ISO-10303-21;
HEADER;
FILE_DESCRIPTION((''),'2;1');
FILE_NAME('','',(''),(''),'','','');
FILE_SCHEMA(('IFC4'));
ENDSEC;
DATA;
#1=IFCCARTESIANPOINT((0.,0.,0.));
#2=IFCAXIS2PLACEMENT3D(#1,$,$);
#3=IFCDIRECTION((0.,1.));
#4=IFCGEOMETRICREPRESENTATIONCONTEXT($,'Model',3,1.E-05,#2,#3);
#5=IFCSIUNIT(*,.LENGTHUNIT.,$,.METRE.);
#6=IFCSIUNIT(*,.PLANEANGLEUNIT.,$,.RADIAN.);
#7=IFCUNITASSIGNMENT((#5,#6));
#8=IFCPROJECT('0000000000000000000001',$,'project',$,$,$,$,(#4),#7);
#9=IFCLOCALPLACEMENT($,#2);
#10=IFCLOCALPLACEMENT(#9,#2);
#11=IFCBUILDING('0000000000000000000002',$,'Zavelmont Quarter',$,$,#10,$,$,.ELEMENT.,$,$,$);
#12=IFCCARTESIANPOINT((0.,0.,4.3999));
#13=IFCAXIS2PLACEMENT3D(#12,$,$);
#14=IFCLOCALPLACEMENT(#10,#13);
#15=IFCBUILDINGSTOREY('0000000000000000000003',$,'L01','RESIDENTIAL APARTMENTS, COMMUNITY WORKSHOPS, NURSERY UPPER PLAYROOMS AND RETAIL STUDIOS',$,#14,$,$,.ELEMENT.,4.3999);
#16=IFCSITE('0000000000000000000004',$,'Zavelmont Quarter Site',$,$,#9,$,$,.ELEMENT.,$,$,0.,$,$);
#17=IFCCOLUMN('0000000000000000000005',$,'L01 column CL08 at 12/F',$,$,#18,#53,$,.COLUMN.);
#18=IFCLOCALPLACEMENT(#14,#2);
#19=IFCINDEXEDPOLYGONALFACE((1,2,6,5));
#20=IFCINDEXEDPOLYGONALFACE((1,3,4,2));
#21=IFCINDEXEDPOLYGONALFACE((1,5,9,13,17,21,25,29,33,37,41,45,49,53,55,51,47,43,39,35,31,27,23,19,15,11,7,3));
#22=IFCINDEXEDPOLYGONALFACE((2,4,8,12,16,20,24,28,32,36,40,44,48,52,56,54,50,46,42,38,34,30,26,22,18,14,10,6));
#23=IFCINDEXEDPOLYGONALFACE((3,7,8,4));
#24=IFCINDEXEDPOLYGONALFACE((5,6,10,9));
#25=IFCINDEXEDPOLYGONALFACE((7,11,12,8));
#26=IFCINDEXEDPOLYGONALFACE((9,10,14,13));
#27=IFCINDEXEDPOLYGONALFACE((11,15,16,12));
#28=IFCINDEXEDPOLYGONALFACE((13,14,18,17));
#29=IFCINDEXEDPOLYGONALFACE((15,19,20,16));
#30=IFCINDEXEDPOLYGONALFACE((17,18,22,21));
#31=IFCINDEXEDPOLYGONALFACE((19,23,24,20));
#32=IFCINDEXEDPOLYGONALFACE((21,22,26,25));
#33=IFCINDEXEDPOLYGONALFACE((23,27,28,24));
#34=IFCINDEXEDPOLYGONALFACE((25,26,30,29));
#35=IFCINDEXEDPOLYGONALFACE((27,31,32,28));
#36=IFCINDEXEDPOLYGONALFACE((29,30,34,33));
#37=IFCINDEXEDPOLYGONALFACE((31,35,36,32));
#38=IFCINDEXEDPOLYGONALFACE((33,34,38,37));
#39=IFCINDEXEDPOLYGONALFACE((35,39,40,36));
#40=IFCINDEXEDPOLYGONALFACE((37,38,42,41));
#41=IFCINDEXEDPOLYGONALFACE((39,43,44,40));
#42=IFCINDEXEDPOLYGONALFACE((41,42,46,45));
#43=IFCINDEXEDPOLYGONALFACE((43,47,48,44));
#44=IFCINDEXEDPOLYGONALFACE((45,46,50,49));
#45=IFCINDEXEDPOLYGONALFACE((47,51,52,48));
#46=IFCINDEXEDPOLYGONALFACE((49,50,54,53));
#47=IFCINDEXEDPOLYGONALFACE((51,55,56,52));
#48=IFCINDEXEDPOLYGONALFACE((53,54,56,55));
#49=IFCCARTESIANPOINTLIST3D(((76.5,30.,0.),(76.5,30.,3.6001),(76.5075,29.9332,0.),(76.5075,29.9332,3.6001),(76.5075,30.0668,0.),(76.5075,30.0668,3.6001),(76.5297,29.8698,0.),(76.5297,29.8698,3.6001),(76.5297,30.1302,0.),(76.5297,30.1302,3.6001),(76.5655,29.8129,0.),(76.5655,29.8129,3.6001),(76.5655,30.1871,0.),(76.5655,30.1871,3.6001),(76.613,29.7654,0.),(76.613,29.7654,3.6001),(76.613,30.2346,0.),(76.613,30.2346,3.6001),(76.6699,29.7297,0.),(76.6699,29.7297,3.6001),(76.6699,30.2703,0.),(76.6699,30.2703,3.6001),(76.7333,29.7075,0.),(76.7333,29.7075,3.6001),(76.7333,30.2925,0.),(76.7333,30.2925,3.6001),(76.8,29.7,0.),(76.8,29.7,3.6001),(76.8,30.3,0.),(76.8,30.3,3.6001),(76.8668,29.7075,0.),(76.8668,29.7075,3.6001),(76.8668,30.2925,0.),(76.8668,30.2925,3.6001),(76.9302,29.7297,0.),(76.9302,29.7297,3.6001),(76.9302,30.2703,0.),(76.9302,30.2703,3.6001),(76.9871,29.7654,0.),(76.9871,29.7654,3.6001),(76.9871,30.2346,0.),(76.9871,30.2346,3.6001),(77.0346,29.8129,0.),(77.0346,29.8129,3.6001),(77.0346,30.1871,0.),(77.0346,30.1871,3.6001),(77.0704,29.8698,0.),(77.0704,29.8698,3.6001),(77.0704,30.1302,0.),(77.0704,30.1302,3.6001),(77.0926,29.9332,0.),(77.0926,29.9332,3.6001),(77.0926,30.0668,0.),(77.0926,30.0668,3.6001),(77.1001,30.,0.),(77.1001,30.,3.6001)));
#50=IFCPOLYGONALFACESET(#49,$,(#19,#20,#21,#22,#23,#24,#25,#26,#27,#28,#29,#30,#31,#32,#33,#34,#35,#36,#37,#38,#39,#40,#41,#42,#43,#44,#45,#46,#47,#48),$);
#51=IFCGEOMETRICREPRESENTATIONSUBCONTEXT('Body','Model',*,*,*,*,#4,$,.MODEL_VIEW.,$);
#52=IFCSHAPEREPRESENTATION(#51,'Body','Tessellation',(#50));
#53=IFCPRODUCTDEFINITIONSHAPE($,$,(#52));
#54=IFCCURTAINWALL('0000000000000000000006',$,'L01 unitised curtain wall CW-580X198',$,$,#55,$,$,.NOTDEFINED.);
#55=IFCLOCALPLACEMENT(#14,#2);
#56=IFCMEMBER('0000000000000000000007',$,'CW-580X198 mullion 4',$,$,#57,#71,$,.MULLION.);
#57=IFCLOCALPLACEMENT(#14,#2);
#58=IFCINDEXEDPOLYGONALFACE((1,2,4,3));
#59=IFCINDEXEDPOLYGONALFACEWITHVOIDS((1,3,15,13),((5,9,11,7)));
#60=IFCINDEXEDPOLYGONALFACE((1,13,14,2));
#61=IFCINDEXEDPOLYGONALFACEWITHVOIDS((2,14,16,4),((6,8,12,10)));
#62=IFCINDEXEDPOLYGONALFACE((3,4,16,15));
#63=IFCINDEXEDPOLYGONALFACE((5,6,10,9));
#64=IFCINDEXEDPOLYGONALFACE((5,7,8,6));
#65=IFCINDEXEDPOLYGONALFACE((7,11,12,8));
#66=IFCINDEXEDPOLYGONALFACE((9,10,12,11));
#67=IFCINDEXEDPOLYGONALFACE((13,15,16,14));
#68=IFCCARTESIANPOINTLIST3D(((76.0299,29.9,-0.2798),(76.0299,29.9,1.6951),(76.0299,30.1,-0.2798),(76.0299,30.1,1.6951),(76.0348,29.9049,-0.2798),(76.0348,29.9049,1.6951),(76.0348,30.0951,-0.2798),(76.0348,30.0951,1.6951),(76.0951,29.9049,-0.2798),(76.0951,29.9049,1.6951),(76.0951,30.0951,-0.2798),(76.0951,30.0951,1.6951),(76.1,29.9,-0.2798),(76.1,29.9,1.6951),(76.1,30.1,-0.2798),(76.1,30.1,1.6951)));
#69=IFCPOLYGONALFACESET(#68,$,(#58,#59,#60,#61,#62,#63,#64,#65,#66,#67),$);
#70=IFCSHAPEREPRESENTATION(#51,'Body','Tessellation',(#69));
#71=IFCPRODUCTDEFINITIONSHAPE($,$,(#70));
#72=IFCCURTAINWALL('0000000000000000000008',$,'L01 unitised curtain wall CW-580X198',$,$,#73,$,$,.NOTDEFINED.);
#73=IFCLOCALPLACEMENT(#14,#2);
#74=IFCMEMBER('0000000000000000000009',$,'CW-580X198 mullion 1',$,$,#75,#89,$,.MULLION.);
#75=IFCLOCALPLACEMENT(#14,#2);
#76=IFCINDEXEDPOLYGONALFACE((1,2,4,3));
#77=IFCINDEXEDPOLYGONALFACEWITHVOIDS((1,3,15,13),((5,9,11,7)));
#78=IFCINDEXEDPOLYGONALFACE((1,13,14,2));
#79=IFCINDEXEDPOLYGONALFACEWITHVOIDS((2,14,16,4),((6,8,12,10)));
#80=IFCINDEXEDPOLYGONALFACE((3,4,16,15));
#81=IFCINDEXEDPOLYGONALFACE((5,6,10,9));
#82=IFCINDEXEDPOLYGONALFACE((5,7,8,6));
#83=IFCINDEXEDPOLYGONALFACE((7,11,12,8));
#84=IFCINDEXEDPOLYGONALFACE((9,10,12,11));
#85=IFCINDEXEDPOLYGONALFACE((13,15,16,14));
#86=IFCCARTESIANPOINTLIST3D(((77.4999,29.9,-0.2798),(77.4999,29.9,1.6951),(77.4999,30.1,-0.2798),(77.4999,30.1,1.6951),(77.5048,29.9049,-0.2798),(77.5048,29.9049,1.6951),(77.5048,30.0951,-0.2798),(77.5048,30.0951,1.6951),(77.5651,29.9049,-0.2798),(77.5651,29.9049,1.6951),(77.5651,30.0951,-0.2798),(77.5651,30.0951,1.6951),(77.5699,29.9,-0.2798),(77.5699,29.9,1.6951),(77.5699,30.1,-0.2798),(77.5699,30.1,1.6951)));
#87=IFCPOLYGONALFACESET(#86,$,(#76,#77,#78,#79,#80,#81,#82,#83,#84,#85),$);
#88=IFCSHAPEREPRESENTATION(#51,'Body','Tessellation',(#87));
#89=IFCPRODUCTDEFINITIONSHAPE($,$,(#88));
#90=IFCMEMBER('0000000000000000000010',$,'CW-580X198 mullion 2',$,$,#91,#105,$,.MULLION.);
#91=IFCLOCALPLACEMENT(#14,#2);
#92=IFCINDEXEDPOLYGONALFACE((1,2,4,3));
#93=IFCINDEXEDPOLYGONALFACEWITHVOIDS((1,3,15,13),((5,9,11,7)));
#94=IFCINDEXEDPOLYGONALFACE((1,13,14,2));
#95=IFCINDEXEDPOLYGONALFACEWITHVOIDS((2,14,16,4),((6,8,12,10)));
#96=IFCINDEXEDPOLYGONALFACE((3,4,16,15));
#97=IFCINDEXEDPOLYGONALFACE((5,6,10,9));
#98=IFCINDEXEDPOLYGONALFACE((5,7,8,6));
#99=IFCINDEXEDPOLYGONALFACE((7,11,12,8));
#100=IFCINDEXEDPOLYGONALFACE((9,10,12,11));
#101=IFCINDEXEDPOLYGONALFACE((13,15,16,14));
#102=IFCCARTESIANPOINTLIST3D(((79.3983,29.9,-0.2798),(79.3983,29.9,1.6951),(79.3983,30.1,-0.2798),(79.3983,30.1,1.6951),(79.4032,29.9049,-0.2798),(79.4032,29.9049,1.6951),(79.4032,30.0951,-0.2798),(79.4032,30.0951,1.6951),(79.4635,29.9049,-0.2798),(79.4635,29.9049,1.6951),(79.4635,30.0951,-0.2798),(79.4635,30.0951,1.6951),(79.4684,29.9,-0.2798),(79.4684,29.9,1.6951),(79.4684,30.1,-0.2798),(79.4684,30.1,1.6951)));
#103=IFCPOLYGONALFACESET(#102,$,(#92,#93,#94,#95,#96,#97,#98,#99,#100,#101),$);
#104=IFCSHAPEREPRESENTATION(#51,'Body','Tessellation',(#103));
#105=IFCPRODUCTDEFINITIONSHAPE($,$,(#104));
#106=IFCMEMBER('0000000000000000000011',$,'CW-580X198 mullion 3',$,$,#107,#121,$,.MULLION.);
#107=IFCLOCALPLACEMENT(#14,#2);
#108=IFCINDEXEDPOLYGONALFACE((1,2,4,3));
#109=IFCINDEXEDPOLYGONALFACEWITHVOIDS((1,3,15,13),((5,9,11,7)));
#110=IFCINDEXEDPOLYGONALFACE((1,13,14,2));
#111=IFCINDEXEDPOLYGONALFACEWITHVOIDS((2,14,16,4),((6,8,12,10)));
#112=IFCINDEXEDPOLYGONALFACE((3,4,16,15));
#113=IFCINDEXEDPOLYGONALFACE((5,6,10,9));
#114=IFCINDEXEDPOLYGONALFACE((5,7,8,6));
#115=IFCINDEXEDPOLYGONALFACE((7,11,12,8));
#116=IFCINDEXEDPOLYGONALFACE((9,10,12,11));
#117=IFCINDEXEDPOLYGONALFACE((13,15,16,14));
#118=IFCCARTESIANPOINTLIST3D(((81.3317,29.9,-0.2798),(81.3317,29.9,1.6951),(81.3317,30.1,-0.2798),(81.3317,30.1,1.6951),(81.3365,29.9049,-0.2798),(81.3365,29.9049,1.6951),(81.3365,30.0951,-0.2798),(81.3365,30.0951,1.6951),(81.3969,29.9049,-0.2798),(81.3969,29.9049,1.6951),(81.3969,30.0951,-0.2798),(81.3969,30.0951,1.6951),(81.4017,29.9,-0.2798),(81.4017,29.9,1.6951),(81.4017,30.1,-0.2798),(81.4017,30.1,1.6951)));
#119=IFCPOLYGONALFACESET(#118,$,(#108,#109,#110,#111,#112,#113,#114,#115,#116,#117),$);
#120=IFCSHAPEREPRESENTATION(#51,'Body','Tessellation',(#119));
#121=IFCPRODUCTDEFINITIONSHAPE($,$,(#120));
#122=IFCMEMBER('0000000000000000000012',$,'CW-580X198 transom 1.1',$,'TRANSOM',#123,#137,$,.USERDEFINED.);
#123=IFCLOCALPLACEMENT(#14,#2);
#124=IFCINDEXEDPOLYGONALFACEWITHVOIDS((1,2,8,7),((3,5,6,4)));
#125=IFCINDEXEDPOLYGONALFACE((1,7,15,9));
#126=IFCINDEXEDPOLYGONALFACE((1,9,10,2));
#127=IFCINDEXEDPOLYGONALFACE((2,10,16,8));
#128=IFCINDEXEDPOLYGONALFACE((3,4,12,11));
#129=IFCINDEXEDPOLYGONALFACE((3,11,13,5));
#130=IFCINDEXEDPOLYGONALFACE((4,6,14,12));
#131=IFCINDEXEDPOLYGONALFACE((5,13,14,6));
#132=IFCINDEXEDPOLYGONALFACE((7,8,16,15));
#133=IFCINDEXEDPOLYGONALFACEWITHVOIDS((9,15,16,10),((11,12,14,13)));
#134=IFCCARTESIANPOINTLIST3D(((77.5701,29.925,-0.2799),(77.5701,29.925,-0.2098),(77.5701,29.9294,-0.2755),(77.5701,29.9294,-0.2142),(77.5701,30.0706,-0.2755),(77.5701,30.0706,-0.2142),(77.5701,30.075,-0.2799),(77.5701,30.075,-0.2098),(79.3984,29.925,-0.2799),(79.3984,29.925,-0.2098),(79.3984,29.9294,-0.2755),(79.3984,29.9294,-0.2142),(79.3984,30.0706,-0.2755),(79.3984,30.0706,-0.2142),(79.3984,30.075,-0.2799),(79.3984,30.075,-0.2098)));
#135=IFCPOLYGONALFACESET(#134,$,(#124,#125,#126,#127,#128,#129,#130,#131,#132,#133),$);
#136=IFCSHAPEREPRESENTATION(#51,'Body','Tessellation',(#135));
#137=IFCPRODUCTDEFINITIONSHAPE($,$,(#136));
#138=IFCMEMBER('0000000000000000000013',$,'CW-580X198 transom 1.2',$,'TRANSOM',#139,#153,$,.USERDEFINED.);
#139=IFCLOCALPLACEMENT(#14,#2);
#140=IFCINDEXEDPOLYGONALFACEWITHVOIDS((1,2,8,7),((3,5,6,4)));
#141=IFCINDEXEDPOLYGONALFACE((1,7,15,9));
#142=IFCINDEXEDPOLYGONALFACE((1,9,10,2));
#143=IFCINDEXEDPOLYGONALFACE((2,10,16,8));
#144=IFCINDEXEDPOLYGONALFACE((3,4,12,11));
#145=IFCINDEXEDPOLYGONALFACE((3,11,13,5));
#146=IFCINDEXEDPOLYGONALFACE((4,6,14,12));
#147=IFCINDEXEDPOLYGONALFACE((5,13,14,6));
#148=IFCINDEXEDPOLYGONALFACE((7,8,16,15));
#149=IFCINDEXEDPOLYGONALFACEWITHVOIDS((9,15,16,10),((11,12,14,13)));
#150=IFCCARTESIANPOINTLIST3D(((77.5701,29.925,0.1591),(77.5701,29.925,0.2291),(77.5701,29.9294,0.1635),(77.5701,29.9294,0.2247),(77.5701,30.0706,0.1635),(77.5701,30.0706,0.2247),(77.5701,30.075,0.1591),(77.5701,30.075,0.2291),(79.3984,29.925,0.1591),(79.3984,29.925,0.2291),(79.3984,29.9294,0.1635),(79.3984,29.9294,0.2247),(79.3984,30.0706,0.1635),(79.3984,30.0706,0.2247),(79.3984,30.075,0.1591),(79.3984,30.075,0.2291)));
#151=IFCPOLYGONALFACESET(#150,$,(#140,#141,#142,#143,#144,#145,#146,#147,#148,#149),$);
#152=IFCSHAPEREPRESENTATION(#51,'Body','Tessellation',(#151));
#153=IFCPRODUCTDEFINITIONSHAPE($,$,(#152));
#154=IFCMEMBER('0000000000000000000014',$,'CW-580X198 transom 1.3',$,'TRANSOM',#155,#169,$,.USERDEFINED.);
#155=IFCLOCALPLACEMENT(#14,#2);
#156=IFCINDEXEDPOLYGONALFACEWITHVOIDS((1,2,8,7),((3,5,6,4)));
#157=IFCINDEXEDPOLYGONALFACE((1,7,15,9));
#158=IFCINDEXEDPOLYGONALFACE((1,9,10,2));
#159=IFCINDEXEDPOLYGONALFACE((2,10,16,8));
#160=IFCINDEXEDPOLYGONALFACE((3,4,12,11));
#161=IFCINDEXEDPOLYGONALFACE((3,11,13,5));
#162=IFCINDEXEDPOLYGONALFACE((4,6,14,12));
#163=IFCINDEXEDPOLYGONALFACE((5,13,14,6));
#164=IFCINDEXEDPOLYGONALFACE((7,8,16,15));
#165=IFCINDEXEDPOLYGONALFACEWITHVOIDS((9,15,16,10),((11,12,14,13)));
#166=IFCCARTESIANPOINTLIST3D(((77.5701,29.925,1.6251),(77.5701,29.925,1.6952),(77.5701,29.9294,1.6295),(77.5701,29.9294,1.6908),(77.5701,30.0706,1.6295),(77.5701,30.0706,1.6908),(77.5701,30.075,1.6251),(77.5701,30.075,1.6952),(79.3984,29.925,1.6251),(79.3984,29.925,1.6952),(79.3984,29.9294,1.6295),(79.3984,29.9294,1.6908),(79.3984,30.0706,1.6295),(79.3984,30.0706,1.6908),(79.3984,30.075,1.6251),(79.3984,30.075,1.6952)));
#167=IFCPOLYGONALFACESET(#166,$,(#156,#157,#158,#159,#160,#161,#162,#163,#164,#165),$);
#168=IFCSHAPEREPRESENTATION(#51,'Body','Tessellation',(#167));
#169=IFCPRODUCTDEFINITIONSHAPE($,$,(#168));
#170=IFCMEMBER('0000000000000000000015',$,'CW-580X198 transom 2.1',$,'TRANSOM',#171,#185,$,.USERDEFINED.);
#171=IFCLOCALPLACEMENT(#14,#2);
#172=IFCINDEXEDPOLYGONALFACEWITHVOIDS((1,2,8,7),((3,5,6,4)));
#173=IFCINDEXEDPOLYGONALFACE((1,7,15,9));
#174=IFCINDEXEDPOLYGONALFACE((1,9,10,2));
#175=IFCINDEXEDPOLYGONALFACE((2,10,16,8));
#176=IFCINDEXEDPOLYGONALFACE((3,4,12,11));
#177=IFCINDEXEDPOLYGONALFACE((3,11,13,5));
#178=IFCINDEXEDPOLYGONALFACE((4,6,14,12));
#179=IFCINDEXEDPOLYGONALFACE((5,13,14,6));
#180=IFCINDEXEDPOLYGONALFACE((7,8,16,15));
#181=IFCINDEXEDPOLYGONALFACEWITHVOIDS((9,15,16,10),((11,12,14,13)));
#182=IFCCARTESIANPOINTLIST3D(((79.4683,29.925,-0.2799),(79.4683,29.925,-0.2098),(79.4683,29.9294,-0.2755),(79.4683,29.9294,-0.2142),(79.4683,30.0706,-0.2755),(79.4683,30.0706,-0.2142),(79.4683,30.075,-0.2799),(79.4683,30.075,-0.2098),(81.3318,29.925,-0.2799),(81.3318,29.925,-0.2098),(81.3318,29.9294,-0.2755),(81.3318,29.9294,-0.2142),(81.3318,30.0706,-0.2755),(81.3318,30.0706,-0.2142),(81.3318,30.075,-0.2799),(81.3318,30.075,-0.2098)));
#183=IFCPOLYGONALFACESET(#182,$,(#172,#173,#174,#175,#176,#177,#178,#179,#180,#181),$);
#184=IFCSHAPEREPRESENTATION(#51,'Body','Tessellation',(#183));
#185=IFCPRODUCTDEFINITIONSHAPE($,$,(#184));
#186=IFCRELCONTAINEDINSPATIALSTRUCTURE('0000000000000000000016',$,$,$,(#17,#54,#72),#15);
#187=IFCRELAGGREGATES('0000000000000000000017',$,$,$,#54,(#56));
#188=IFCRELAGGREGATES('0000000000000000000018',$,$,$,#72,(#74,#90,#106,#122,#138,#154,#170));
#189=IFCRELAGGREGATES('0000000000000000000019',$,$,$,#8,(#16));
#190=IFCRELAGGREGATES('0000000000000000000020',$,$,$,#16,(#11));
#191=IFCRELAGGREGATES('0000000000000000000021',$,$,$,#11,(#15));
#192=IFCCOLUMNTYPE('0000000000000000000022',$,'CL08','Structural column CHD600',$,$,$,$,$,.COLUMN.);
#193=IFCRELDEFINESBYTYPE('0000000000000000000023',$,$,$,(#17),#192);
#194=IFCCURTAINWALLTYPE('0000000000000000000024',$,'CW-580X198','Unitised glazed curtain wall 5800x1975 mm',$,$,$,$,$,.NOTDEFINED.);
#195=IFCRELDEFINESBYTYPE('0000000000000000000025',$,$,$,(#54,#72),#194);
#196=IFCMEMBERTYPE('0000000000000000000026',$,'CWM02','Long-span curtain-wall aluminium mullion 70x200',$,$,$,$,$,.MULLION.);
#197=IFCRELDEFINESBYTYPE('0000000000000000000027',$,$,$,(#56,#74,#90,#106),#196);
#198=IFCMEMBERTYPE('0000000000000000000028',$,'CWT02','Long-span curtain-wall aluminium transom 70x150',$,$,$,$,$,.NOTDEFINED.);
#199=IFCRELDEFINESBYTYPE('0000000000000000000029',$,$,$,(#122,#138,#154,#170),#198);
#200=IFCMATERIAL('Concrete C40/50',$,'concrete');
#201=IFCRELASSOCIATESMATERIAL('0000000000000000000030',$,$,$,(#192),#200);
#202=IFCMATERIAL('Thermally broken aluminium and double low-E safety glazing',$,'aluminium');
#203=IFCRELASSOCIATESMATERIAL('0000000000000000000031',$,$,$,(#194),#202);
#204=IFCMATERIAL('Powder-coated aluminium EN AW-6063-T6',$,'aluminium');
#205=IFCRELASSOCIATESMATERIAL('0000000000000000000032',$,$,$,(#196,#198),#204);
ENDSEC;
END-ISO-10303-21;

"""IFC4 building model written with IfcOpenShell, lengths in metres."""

from ifc_helpers import new_model, si_unit, direction, frame, origin, origin_2d, place, context, subcontext, project, spatial, hollow_rectangle, circle, extrude, material, material_profile, profile_set, type_object, element, aggregate, save


model = new_model("IFC4")

# Units and contexts
model_context = context("Model", 3, precision=1e-05, world=origin(), true_north=direction((0.0, 1.0)))
body_context = subcontext(model_context, "Body", "Model", "MODEL_VIEW")
ifc_project = project(units=[si_unit("LENGTHUNIT", "METRE"), si_unit("PLANEANGLEUNIT", "RADIAN")], contexts=[model_context])

# Site, building, storey
site_placement = place(None, origin())
site = spatial("IfcSite", under=ifc_project, at=site_placement, Name="Zavelmont Quarter Site", CompositionType="ELEMENT", RefElevation=0.0)
building_placement = place(site_placement, origin())
building = spatial("IfcBuilding", under=site, at=building_placement, Name="Zavelmont Quarter", CompositionType="ELEMENT")
storey_placement = place(building_placement, frame((0.0, 0.0, 4.3999)))
storey = spatial("IfcBuildingStorey", under=building, at=storey_placement, Name="L01", Description="RESIDENTIAL APARTMENTS, COMMUNITY WORKSHOPS, NURSERY UPPER PLAYROOMS AND RETAIL STUDIOS", CompositionType="ELEMENT", Elevation=4.3999)

# Column
ifc_material_1 = material(Name="Concrete C40/50", Category="concrete")
ifc_material_profile_1 = material_profile(ifc_material_1, circle(Radius=0.3, at=origin_2d()), Name="CHD600")
ifc_profile_set_1 = profile_set([ifc_material_profile_1], Name="Concrete C40/50")
column_type = type_object("IfcColumnType", Name="CL08", Description="Structural column CHD600", PredefinedType="COLUMN", material=ifc_profile_set_1)
column_placement = place(storey_placement, frame((76.8, 30.0, 0.0), z_axis=(0.0, 0.0, 1.0), x_axis=(1.0, 0.0, 0.0)))
element("IfcColumn", 1, at=column_placement, inside=storey, type_object=column_type, Name="L01 column CL08 at 12/F", PredefinedType="COLUMN", context=body_context, shape_type="SweptSolid", body=[
    extrude(circle(Radius=0.3, at=origin_2d()), origin(), (0.0, 0.0, 1.0), 3.6001),
])

# Curtain wall, member
ifc_material_2 = material(Name="Thermally broken aluminium and double low-E safety glazing", Category="aluminium")
curtain_wall_type = type_object("IfcCurtainWallType", Name="CW-580X198", Description="Unitised glazed curtain wall 5800x1975 mm", PredefinedType="NOTDEFINED", material=ifc_material_2)
curtain_wall_1_placement = place(storey_placement, origin())
curtain_wall_1 = element("IfcCurtainWall", 2, at=curtain_wall_1_placement, inside=storey, type_object=curtain_wall_type, Name="L01 unitised curtain wall CW-580X198", PredefinedType="NOTDEFINED")
ifc_material_3 = material(Name="Powder-coated aluminium EN AW-6063-T6", Category="aluminium")
ifc_material_profile_2 = material_profile(ifc_material_3, hollow_rectangle(XDim=0.0701, YDim=0.2, WallThickness=0.0049, at=origin_2d()), Name="CWM70X200")
ifc_profile_set_2 = profile_set([ifc_material_profile_2], Name="Powder-coated aluminium EN AW-6063-T6")
member_type_1 = type_object("IfcMemberType", Name="CWM02", Description="Long-span curtain-wall aluminium mullion 70x200", PredefinedType="MULLION", material=ifc_profile_set_2)
member_1_placement = place(storey_placement, frame((76.0649, 30.0, -0.2798), z_axis=(0.0, 0.0, 1.0), x_axis=(1.0, 0.0, 0.0)))
member_1 = element("IfcMember", 3, at=member_1_placement, type_object=member_type_1, Name="CW-580X198 mullion 4", PredefinedType="MULLION", context=body_context, shape_type="SweptSolid", body=[
    extrude(hollow_rectangle(XDim=0.0701, YDim=0.2, WallThickness=0.0049, at=origin_2d()), origin(), (0.0, 0.0, 1.0), 1.9749),
])

# Curtain wall, members
curtain_wall_2_placement = place(storey_placement, origin())
curtain_wall_2 = element("IfcCurtainWall", 4, at=curtain_wall_2_placement, inside=storey, type_object=curtain_wall_type, Name="L01 unitised curtain wall CW-580X198", PredefinedType="NOTDEFINED")
member_2_placement = place(storey_placement, frame((77.5349, 30.0, -0.2798), z_axis=(0.0, 0.0, 1.0), x_axis=(1.0, 0.0, 0.0)))
member_2 = element("IfcMember", 5, at=member_2_placement, type_object=member_type_1, Name="CW-580X198 mullion 1", PredefinedType="MULLION", context=body_context, shape_type="SweptSolid", body=[
    extrude(hollow_rectangle(XDim=0.0701, YDim=0.2, WallThickness=0.0049, at=origin_2d()), origin(), (0.0, 0.0, 1.0), 1.9749),
])
member_3_placement = place(storey_placement, frame((79.4333, 30.0, -0.2798), z_axis=(0.0, 0.0, 1.0), x_axis=(1.0, 0.0, 0.0)))
member_3 = element("IfcMember", 6, at=member_3_placement, type_object=member_type_1, Name="CW-580X198 mullion 2", PredefinedType="MULLION", context=body_context, shape_type="SweptSolid", body=[
    extrude(hollow_rectangle(XDim=0.0701, YDim=0.2, WallThickness=0.0049, at=origin_2d()), origin(), (0.0, 0.0, 1.0), 1.9749),
])
member_4_placement = place(storey_placement, frame((81.3667, 30.0, -0.2798), z_axis=(0.0, 0.0, 1.0), x_axis=(1.0, 0.0, 0.0)))
member_4 = element("IfcMember", 7, at=member_4_placement, type_object=member_type_1, Name="CW-580X198 mullion 3", PredefinedType="MULLION", context=body_context, shape_type="SweptSolid", body=[
    extrude(hollow_rectangle(XDim=0.0701, YDim=0.2, WallThickness=0.0049, at=origin_2d()), origin(), (0.0, 0.0, 1.0), 1.9749),
])
ifc_material_profile_3 = material_profile(ifc_material_3, hollow_rectangle(XDim=0.1499, YDim=0.0701, WallThickness=0.0044, at=origin_2d()), Name="CWT70X150")
ifc_profile_set_3 = profile_set([ifc_material_profile_3], Name="Powder-coated aluminium EN AW-6063-T6")
member_type_2 = type_object("IfcMemberType", Name="CWT02", Description="Long-span curtain-wall aluminium transom 70x150", PredefinedType="NOTDEFINED", material=ifc_profile_set_3)
member_5_placement = place(storey_placement, frame((77.5701, 30.0, -0.2449), z_axis=(1.0, 0.0, 0.0), x_axis=(0.0, 1.0, 0.0)))
member_5 = element("IfcMember", 8, at=member_5_placement, type_object=member_type_2, Name="CW-580X198 transom 1.1", ObjectType="TRANSOM", PredefinedType="USERDEFINED", context=body_context, shape_type="SweptSolid", body=[
    extrude(hollow_rectangle(XDim=0.1499, YDim=0.0701, WallThickness=0.0044, at=origin_2d()), origin(), (0.0, 0.0, 1.0), 1.8284),
])
member_6_placement = place(storey_placement, frame((77.5701, 30.0, 0.1941), z_axis=(1.0, 0.0, 0.0), x_axis=(0.0, 1.0, 0.0)))
member_6 = element("IfcMember", 9, at=member_6_placement, type_object=member_type_2, Name="CW-580X198 transom 1.2", ObjectType="TRANSOM", PredefinedType="USERDEFINED", context=body_context, shape_type="SweptSolid", body=[
    extrude(hollow_rectangle(XDim=0.1499, YDim=0.0701, WallThickness=0.0044, at=origin_2d()), origin(), (0.0, 0.0, 1.0), 1.8284),
])
member_7_placement = place(storey_placement, frame((77.5701, 30.0, 1.6602), z_axis=(1.0, 0.0, 0.0), x_axis=(0.0, 1.0, 0.0)))
member_7 = element("IfcMember", 10, at=member_7_placement, type_object=member_type_2, Name="CW-580X198 transom 1.3", ObjectType="TRANSOM", PredefinedType="USERDEFINED", context=body_context, shape_type="SweptSolid", body=[
    extrude(hollow_rectangle(XDim=0.1499, YDim=0.0701, WallThickness=0.0044, at=origin_2d()), origin(), (0.0, 0.0, 1.0), 1.8284),
])
member_8_placement = place(storey_placement, frame((79.4683, 30.0, -0.2449), z_axis=(1.0, 0.0, 0.0), x_axis=(0.0, 1.0, 0.0)))
member_8 = element("IfcMember", 11, at=member_8_placement, type_object=member_type_2, Name="CW-580X198 transom 2.1", ObjectType="TRANSOM", PredefinedType="USERDEFINED", context=body_context, shape_type="SweptSolid", body=[
    extrude(hollow_rectangle(XDim=0.1499, YDim=0.0701, WallThickness=0.0044, at=origin_2d()), origin(), (0.0, 0.0, 1.0), 1.8635),
])

aggregate(curtain_wall_1, [member_1])
aggregate(curtain_wall_2, [member_2, member_3, member_4, member_5, member_6, member_7, member_8])

save(model, "model.ifc")
